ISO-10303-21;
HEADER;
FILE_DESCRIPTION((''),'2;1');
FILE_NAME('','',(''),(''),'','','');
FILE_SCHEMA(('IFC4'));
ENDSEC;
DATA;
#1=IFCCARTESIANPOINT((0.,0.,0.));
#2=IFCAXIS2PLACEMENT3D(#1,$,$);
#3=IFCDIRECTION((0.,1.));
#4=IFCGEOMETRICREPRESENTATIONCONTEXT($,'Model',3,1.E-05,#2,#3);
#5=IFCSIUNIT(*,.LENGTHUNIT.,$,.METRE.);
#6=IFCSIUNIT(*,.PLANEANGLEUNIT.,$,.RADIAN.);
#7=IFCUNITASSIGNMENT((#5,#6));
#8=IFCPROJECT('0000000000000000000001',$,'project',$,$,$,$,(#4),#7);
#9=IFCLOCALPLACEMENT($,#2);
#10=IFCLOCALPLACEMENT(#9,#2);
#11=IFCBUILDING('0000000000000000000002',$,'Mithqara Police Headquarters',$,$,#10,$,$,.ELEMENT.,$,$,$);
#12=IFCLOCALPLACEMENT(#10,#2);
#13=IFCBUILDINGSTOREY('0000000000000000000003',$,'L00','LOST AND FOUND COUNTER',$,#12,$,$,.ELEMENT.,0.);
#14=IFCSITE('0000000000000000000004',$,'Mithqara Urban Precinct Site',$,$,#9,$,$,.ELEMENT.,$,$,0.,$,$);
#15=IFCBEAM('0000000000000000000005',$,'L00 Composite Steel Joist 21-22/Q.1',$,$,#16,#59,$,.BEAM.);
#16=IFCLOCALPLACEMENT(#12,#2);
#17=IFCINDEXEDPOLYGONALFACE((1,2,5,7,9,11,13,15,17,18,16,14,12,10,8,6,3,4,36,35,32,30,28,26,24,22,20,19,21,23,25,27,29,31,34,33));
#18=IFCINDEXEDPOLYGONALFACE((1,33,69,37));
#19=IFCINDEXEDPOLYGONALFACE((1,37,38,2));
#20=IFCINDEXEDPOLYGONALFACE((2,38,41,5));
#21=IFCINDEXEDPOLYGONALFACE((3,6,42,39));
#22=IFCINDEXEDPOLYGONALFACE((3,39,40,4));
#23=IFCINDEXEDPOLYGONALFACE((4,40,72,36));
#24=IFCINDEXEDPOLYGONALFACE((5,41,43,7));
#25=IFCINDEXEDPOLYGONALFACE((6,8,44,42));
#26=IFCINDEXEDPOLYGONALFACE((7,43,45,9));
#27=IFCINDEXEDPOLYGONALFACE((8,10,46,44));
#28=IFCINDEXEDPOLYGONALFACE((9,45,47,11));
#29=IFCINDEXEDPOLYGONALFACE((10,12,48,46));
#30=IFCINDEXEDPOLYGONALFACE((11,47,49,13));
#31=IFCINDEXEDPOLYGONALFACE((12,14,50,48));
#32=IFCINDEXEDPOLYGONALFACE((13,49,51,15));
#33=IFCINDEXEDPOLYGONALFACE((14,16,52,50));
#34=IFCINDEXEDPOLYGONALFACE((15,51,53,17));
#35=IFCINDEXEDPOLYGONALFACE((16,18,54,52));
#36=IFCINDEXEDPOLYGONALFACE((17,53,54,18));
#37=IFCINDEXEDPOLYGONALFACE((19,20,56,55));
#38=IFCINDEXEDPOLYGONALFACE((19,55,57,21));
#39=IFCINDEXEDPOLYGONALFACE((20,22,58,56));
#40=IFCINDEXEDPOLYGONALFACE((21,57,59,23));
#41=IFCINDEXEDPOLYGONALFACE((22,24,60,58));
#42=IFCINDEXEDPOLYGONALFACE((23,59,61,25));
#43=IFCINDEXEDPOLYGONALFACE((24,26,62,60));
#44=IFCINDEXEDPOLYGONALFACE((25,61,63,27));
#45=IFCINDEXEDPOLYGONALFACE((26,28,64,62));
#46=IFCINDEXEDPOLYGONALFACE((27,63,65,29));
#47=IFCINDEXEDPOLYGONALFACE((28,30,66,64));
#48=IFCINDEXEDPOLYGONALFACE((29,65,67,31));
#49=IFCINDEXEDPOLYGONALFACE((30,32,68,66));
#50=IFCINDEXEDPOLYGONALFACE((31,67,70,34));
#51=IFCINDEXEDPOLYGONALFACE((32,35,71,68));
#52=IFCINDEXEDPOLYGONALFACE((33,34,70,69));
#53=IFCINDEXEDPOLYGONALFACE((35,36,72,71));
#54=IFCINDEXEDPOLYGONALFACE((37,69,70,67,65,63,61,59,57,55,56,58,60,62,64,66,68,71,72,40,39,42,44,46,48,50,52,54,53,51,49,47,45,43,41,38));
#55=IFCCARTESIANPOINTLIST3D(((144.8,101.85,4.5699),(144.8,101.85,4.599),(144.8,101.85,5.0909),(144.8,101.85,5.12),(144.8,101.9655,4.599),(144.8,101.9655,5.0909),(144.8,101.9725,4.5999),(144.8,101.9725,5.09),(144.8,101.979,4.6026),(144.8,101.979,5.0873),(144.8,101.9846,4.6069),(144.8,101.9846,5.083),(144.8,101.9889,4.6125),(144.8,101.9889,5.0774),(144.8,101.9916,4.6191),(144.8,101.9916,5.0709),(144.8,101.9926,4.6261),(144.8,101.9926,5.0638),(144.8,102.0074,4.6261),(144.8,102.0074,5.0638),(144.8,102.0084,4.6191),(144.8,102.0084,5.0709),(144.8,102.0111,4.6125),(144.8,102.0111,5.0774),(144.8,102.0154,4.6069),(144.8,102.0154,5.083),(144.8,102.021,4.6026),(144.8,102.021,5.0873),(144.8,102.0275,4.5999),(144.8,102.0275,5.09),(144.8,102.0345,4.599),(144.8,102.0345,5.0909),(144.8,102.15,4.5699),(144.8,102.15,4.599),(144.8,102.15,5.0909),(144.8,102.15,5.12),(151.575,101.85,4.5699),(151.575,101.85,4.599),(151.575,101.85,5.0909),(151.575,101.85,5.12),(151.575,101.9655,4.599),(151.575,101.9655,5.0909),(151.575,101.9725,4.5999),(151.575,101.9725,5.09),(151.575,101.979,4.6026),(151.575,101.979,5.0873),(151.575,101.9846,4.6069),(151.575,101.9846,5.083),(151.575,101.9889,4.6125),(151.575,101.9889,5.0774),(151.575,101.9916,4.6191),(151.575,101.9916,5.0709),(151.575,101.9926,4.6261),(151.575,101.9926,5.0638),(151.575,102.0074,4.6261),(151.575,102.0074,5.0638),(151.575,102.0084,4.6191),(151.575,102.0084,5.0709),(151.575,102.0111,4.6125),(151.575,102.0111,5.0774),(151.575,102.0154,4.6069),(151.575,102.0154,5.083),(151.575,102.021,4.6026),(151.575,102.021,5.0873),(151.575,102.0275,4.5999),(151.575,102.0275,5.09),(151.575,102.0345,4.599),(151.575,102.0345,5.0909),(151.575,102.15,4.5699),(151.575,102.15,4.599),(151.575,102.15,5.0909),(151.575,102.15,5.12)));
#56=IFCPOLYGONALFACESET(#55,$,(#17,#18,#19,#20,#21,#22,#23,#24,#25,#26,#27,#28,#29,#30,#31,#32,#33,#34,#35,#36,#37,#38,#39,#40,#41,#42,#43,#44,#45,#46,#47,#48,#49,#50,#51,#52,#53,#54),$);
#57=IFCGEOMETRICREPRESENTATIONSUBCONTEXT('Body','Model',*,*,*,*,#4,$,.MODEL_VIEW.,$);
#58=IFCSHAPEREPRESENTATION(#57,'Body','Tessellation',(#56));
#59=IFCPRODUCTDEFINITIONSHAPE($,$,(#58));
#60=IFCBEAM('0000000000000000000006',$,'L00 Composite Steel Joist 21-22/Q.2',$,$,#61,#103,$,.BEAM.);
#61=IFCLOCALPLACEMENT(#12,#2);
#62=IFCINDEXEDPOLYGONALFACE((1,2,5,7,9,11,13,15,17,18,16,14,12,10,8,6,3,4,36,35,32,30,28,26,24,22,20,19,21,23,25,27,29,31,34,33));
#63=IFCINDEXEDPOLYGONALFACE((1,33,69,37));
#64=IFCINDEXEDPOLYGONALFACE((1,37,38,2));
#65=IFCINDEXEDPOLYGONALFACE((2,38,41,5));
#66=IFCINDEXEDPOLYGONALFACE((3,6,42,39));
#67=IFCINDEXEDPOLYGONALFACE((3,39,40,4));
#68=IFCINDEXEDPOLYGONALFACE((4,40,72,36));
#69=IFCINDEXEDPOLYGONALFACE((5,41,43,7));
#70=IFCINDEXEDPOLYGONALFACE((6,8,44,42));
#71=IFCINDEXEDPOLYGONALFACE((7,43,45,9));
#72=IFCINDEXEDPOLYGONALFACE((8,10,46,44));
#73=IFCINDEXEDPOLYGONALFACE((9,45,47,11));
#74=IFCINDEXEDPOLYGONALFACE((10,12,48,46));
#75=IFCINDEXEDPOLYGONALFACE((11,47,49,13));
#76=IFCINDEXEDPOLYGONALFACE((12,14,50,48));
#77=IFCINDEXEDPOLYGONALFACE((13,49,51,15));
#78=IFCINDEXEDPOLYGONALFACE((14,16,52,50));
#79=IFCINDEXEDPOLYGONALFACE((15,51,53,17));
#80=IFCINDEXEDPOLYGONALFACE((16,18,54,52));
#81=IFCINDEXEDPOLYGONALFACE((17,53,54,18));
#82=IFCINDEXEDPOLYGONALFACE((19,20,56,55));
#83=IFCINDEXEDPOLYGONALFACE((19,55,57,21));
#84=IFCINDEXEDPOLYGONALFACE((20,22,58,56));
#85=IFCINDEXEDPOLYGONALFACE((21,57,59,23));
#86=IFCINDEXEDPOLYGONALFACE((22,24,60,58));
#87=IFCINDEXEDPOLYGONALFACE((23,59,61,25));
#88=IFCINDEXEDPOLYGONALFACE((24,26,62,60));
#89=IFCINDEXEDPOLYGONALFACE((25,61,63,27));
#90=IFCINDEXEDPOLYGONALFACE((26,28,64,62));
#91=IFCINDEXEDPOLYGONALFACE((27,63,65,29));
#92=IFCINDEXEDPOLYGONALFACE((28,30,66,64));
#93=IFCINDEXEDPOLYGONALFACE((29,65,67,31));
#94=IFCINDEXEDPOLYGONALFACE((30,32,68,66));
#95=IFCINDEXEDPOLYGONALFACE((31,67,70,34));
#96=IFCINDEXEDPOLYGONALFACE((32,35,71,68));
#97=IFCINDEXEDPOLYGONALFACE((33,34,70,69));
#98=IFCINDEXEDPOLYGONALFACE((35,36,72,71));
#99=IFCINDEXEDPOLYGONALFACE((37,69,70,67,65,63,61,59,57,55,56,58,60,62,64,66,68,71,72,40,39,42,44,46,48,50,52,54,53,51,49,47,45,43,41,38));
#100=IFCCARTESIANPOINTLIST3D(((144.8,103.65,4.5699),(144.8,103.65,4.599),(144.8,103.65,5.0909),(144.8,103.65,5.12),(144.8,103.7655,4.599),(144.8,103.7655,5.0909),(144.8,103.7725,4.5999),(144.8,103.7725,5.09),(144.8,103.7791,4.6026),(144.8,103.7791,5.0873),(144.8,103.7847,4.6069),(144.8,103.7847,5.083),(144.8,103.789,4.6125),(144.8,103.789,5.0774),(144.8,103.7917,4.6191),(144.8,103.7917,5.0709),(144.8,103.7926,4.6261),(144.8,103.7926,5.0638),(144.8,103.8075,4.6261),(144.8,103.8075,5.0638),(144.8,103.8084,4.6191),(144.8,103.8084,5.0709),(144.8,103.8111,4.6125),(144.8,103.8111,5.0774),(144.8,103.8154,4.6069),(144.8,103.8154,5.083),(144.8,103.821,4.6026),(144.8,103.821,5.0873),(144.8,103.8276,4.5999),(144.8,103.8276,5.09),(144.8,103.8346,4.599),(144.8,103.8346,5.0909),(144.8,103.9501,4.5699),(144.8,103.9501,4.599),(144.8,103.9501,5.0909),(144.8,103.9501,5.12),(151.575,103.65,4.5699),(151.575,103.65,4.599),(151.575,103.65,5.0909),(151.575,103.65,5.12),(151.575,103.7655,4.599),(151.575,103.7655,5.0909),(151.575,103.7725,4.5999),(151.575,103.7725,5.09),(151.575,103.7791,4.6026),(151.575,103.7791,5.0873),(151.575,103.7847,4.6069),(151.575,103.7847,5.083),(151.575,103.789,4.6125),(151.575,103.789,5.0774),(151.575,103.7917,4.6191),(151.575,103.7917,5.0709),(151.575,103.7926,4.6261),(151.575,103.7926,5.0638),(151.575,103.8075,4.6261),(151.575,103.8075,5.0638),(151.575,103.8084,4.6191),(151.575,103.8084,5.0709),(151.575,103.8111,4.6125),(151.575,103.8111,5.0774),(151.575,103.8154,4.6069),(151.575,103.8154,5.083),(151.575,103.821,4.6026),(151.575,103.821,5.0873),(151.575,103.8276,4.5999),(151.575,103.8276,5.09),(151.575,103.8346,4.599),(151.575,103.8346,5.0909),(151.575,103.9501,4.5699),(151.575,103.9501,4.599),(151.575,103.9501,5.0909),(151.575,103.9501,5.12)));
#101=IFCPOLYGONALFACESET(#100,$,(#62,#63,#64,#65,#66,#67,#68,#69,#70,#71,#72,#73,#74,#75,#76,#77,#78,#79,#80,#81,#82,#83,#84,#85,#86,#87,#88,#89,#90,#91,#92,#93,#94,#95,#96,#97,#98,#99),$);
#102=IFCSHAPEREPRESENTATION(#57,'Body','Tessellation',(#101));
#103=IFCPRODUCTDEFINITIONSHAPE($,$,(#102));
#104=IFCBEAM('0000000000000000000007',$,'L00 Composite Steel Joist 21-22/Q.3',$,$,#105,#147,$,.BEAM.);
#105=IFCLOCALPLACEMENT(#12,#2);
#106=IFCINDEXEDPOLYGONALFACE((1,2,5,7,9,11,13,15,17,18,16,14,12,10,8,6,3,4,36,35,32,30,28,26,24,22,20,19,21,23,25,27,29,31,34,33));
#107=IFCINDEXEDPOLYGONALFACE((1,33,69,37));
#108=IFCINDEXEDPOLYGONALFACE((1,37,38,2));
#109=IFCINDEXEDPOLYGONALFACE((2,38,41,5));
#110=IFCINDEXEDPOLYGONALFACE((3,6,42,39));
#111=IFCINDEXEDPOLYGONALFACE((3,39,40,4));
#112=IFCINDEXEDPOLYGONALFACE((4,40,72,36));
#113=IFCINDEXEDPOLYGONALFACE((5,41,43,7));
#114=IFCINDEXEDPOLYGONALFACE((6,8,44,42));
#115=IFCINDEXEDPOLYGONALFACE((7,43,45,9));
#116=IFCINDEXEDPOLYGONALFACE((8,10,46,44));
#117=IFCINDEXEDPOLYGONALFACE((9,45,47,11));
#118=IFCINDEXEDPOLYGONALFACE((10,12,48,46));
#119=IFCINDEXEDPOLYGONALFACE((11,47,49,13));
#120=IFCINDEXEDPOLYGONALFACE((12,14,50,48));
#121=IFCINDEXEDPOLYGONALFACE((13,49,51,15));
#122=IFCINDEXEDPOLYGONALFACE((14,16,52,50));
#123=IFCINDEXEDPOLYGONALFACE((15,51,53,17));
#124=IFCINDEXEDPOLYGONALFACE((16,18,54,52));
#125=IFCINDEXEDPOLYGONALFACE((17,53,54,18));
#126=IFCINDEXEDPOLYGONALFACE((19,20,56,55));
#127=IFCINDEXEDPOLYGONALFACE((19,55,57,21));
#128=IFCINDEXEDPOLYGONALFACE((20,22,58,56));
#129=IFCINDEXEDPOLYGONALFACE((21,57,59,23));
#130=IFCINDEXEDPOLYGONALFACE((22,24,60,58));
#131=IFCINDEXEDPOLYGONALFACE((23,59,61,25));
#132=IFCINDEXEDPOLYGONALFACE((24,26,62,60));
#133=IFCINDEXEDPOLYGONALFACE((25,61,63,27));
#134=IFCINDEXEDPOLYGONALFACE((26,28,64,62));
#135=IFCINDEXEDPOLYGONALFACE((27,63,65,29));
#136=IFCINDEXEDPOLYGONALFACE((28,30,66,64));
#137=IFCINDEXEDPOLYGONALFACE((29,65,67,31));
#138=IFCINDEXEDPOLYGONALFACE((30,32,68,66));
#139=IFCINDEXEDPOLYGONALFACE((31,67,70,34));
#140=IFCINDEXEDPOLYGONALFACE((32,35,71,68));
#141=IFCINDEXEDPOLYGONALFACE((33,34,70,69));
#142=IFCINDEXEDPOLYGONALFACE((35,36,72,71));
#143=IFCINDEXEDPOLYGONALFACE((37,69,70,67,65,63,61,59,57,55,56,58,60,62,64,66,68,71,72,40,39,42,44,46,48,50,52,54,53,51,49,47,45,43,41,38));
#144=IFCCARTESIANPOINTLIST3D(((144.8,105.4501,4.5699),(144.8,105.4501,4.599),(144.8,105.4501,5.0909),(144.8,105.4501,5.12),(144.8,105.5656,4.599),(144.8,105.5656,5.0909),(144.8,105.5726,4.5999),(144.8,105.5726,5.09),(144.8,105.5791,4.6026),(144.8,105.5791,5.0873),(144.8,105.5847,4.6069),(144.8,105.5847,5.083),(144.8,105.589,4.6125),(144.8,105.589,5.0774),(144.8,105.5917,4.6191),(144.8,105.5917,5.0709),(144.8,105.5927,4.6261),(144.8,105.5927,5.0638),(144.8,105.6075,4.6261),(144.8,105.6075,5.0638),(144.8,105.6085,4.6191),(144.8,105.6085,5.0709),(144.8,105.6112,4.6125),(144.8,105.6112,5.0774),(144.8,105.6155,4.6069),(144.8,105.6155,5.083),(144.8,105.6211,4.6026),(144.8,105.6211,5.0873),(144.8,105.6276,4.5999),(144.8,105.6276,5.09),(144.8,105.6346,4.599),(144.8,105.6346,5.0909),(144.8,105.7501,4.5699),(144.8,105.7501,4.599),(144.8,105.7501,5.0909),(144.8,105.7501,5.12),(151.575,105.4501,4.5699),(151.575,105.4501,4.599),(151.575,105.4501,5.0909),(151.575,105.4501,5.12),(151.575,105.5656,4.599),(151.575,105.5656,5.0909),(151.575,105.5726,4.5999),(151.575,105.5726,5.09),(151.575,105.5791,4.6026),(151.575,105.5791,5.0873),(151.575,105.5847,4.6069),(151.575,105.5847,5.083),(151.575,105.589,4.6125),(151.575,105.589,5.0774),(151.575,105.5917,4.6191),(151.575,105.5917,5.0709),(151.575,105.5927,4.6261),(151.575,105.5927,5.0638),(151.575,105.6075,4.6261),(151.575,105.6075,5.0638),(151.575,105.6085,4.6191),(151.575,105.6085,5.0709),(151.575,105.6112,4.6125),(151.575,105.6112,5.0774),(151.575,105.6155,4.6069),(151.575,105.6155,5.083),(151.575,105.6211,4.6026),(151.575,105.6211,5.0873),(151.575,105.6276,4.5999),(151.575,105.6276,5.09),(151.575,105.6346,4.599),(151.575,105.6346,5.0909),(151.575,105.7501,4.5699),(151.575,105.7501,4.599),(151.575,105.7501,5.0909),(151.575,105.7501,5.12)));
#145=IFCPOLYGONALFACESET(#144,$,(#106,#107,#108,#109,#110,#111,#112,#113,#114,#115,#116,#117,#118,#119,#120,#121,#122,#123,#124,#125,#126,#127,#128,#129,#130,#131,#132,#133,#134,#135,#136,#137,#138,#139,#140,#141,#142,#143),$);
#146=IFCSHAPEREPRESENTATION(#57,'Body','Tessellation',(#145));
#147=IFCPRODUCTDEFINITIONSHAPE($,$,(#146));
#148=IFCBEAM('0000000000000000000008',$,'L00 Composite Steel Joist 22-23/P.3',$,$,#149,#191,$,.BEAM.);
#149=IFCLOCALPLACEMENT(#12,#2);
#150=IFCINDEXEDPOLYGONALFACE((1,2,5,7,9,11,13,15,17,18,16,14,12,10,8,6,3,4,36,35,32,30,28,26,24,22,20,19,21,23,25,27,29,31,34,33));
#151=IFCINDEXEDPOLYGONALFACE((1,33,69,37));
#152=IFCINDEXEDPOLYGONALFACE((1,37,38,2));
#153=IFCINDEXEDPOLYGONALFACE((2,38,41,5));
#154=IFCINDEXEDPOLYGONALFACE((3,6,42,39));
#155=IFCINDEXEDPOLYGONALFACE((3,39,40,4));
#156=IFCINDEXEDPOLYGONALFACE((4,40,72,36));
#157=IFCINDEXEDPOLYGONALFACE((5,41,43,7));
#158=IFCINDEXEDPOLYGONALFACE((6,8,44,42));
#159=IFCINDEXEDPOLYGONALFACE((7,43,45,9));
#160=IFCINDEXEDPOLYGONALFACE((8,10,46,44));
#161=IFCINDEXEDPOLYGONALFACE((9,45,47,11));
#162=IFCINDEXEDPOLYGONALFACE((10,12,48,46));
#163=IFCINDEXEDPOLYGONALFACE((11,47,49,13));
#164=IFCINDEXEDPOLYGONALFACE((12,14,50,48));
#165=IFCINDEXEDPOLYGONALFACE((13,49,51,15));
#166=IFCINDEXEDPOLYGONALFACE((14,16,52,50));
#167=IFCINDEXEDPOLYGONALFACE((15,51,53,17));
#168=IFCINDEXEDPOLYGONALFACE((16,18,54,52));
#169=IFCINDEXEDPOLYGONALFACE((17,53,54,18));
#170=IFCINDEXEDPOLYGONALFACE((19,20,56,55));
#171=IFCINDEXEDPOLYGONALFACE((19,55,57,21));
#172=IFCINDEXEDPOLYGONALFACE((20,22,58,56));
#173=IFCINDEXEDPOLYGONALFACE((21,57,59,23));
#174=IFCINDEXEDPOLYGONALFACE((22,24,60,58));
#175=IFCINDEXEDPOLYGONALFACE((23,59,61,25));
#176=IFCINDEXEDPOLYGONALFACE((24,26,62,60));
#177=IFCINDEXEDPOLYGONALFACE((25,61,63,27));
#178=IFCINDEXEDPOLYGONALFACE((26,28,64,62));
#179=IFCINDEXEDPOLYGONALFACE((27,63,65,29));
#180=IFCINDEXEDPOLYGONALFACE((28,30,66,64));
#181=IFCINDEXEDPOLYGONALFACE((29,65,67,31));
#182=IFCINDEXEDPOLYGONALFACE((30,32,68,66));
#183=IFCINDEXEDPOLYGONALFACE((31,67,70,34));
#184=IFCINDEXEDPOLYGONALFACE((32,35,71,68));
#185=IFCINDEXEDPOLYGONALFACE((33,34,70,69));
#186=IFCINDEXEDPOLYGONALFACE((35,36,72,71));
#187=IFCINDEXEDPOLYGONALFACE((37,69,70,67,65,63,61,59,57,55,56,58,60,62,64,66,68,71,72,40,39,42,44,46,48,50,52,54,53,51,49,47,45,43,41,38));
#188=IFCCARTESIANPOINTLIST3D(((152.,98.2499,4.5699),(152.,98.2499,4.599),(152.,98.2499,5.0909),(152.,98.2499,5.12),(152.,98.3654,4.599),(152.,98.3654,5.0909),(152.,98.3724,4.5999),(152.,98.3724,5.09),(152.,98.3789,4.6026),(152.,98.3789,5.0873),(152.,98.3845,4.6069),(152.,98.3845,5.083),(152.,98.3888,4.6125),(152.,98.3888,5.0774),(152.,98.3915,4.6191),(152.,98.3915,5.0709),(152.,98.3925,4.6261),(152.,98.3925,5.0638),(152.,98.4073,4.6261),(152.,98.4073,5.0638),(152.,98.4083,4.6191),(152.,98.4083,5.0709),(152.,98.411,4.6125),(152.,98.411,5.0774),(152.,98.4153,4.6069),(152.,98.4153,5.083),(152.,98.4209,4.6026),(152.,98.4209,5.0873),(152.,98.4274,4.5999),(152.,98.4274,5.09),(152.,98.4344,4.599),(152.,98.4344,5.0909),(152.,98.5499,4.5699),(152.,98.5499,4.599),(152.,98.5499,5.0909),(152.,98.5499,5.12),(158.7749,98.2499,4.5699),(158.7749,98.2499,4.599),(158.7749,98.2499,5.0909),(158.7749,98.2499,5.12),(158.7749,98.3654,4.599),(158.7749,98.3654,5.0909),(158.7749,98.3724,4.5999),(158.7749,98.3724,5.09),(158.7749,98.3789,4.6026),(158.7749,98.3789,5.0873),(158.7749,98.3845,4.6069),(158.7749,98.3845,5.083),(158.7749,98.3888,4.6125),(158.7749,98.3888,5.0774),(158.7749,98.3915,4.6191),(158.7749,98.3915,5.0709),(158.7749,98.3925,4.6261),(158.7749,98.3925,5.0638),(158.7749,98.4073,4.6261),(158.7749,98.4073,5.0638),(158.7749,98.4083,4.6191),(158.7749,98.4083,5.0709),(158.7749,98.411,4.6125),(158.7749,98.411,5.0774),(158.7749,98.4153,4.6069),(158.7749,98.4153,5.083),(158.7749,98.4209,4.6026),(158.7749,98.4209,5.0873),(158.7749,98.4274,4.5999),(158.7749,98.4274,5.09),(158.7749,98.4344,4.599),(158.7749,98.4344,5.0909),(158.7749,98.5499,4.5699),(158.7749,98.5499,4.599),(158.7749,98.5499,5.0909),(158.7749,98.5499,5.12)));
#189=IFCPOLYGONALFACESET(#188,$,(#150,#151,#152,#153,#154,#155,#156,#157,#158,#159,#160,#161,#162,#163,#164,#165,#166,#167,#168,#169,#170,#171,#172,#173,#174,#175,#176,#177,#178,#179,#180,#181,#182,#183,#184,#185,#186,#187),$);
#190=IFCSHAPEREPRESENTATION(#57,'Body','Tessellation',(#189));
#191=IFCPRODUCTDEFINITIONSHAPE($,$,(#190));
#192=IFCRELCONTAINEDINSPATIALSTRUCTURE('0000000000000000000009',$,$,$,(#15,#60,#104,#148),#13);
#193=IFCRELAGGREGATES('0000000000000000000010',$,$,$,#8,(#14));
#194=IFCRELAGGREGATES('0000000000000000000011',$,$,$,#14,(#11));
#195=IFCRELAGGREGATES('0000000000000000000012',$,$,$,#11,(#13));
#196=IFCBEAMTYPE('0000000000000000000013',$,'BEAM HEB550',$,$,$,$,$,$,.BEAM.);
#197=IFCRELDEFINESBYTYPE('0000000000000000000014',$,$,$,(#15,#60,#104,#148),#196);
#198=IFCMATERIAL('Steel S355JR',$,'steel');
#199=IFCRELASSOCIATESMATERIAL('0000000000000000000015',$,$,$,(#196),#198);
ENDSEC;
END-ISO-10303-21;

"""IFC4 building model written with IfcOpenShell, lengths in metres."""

from ifc_helpers import new_model, si_unit, direction, frame, origin, origin_2d, place, context, subcontext, project, spatial, i_section, extrude, material, material_profile, profile_set, type_object, element, save


model = new_model("IFC4")

# Units and contexts
model_context = context("Model", 3, precision=1e-05, world=origin(), true_north=direction((0.0, 1.0)))
body_context = subcontext(model_context, "Body", "Model", "MODEL_VIEW")
ifc_project = project(units=[si_unit("LENGTHUNIT", "METRE"), si_unit("PLANEANGLEUNIT", "RADIAN")], contexts=[model_context])

# Site, building, storey
site_placement = place(None, origin())
site = spatial("IfcSite", under=ifc_project, at=site_placement, Name="Mithqara Urban Precinct Site", CompositionType="ELEMENT", RefElevation=0.0)
building_placement = place(site_placement, origin())
building = spatial("IfcBuilding", under=site, at=building_placement, Name="Mithqara Police Headquarters", CompositionType="ELEMENT")
storey_placement = place(building_placement, origin())
storey = spatial("IfcBuildingStorey", under=building, at=storey_placement, Name="L00", Description="LOST AND FOUND COUNTER", CompositionType="ELEMENT", Elevation=0.0)

# Beams
ifc_material_1 = material(Name="Steel S355JR", Category="steel")
ifc_material_profile_1 = material_profile(ifc_material_1, i_section(OverallWidth=0.3, OverallDepth=0.55, WebThickness=0.0149, FlangeThickness=0.0291, FilletRadius=0.0271, at=origin_2d()), Name="HEB 550")
ifc_profile_set_1 = profile_set([ifc_material_profile_1], Name="Steel S355JR")
beam_type_1 = type_object("IfcBeamType", Name="BEAM HEB550", PredefinedType="BEAM", material=ifc_profile_set_1)
for number, where, z_axis, x_axis, name in (
    (1, (144.8, 102.0, 4.845), (1.0, 0.0, 0.0), (0.0, 1.0, 0.0), "L00 Composite Steel Joist 21-22/Q.1"),
    (2, (144.8, 103.8, 4.845), (1.0, 0.0, 0.0), (0.0, 1.0, 0.0), "L00 Composite Steel Joist 21-22/Q.2"),
    (3, (144.8, 105.6001, 4.845), (1.0, 0.0, 0.0), (0.0, 1.0, 0.0), "L00 Composite Steel Joist 21-22/Q.3"),
    (4, (152.0, 98.3999, 4.845), (1.0, 0.0, 0.0), (0.0, 1.0, 0.0), "L00 Composite Steel Joist 22-23/P.3"),
):
    element("IfcBeam", number, at=place(storey_placement, frame(where, z_axis=z_axis, x_axis=x_axis)), inside=storey, type_object=beam_type_1, Name=name, PredefinedType="BEAM", context=body_context, shape_type="SweptSolid", body=[
        extrude(i_section(OverallWidth=0.3, OverallDepth=0.55, WebThickness=0.0149, FlangeThickness=0.0291, FilletRadius=0.0271, at=origin_2d()), origin(), (0.0, 0.0, 1.0), 6.7749),
    ])

save(model, "model.ifc")
